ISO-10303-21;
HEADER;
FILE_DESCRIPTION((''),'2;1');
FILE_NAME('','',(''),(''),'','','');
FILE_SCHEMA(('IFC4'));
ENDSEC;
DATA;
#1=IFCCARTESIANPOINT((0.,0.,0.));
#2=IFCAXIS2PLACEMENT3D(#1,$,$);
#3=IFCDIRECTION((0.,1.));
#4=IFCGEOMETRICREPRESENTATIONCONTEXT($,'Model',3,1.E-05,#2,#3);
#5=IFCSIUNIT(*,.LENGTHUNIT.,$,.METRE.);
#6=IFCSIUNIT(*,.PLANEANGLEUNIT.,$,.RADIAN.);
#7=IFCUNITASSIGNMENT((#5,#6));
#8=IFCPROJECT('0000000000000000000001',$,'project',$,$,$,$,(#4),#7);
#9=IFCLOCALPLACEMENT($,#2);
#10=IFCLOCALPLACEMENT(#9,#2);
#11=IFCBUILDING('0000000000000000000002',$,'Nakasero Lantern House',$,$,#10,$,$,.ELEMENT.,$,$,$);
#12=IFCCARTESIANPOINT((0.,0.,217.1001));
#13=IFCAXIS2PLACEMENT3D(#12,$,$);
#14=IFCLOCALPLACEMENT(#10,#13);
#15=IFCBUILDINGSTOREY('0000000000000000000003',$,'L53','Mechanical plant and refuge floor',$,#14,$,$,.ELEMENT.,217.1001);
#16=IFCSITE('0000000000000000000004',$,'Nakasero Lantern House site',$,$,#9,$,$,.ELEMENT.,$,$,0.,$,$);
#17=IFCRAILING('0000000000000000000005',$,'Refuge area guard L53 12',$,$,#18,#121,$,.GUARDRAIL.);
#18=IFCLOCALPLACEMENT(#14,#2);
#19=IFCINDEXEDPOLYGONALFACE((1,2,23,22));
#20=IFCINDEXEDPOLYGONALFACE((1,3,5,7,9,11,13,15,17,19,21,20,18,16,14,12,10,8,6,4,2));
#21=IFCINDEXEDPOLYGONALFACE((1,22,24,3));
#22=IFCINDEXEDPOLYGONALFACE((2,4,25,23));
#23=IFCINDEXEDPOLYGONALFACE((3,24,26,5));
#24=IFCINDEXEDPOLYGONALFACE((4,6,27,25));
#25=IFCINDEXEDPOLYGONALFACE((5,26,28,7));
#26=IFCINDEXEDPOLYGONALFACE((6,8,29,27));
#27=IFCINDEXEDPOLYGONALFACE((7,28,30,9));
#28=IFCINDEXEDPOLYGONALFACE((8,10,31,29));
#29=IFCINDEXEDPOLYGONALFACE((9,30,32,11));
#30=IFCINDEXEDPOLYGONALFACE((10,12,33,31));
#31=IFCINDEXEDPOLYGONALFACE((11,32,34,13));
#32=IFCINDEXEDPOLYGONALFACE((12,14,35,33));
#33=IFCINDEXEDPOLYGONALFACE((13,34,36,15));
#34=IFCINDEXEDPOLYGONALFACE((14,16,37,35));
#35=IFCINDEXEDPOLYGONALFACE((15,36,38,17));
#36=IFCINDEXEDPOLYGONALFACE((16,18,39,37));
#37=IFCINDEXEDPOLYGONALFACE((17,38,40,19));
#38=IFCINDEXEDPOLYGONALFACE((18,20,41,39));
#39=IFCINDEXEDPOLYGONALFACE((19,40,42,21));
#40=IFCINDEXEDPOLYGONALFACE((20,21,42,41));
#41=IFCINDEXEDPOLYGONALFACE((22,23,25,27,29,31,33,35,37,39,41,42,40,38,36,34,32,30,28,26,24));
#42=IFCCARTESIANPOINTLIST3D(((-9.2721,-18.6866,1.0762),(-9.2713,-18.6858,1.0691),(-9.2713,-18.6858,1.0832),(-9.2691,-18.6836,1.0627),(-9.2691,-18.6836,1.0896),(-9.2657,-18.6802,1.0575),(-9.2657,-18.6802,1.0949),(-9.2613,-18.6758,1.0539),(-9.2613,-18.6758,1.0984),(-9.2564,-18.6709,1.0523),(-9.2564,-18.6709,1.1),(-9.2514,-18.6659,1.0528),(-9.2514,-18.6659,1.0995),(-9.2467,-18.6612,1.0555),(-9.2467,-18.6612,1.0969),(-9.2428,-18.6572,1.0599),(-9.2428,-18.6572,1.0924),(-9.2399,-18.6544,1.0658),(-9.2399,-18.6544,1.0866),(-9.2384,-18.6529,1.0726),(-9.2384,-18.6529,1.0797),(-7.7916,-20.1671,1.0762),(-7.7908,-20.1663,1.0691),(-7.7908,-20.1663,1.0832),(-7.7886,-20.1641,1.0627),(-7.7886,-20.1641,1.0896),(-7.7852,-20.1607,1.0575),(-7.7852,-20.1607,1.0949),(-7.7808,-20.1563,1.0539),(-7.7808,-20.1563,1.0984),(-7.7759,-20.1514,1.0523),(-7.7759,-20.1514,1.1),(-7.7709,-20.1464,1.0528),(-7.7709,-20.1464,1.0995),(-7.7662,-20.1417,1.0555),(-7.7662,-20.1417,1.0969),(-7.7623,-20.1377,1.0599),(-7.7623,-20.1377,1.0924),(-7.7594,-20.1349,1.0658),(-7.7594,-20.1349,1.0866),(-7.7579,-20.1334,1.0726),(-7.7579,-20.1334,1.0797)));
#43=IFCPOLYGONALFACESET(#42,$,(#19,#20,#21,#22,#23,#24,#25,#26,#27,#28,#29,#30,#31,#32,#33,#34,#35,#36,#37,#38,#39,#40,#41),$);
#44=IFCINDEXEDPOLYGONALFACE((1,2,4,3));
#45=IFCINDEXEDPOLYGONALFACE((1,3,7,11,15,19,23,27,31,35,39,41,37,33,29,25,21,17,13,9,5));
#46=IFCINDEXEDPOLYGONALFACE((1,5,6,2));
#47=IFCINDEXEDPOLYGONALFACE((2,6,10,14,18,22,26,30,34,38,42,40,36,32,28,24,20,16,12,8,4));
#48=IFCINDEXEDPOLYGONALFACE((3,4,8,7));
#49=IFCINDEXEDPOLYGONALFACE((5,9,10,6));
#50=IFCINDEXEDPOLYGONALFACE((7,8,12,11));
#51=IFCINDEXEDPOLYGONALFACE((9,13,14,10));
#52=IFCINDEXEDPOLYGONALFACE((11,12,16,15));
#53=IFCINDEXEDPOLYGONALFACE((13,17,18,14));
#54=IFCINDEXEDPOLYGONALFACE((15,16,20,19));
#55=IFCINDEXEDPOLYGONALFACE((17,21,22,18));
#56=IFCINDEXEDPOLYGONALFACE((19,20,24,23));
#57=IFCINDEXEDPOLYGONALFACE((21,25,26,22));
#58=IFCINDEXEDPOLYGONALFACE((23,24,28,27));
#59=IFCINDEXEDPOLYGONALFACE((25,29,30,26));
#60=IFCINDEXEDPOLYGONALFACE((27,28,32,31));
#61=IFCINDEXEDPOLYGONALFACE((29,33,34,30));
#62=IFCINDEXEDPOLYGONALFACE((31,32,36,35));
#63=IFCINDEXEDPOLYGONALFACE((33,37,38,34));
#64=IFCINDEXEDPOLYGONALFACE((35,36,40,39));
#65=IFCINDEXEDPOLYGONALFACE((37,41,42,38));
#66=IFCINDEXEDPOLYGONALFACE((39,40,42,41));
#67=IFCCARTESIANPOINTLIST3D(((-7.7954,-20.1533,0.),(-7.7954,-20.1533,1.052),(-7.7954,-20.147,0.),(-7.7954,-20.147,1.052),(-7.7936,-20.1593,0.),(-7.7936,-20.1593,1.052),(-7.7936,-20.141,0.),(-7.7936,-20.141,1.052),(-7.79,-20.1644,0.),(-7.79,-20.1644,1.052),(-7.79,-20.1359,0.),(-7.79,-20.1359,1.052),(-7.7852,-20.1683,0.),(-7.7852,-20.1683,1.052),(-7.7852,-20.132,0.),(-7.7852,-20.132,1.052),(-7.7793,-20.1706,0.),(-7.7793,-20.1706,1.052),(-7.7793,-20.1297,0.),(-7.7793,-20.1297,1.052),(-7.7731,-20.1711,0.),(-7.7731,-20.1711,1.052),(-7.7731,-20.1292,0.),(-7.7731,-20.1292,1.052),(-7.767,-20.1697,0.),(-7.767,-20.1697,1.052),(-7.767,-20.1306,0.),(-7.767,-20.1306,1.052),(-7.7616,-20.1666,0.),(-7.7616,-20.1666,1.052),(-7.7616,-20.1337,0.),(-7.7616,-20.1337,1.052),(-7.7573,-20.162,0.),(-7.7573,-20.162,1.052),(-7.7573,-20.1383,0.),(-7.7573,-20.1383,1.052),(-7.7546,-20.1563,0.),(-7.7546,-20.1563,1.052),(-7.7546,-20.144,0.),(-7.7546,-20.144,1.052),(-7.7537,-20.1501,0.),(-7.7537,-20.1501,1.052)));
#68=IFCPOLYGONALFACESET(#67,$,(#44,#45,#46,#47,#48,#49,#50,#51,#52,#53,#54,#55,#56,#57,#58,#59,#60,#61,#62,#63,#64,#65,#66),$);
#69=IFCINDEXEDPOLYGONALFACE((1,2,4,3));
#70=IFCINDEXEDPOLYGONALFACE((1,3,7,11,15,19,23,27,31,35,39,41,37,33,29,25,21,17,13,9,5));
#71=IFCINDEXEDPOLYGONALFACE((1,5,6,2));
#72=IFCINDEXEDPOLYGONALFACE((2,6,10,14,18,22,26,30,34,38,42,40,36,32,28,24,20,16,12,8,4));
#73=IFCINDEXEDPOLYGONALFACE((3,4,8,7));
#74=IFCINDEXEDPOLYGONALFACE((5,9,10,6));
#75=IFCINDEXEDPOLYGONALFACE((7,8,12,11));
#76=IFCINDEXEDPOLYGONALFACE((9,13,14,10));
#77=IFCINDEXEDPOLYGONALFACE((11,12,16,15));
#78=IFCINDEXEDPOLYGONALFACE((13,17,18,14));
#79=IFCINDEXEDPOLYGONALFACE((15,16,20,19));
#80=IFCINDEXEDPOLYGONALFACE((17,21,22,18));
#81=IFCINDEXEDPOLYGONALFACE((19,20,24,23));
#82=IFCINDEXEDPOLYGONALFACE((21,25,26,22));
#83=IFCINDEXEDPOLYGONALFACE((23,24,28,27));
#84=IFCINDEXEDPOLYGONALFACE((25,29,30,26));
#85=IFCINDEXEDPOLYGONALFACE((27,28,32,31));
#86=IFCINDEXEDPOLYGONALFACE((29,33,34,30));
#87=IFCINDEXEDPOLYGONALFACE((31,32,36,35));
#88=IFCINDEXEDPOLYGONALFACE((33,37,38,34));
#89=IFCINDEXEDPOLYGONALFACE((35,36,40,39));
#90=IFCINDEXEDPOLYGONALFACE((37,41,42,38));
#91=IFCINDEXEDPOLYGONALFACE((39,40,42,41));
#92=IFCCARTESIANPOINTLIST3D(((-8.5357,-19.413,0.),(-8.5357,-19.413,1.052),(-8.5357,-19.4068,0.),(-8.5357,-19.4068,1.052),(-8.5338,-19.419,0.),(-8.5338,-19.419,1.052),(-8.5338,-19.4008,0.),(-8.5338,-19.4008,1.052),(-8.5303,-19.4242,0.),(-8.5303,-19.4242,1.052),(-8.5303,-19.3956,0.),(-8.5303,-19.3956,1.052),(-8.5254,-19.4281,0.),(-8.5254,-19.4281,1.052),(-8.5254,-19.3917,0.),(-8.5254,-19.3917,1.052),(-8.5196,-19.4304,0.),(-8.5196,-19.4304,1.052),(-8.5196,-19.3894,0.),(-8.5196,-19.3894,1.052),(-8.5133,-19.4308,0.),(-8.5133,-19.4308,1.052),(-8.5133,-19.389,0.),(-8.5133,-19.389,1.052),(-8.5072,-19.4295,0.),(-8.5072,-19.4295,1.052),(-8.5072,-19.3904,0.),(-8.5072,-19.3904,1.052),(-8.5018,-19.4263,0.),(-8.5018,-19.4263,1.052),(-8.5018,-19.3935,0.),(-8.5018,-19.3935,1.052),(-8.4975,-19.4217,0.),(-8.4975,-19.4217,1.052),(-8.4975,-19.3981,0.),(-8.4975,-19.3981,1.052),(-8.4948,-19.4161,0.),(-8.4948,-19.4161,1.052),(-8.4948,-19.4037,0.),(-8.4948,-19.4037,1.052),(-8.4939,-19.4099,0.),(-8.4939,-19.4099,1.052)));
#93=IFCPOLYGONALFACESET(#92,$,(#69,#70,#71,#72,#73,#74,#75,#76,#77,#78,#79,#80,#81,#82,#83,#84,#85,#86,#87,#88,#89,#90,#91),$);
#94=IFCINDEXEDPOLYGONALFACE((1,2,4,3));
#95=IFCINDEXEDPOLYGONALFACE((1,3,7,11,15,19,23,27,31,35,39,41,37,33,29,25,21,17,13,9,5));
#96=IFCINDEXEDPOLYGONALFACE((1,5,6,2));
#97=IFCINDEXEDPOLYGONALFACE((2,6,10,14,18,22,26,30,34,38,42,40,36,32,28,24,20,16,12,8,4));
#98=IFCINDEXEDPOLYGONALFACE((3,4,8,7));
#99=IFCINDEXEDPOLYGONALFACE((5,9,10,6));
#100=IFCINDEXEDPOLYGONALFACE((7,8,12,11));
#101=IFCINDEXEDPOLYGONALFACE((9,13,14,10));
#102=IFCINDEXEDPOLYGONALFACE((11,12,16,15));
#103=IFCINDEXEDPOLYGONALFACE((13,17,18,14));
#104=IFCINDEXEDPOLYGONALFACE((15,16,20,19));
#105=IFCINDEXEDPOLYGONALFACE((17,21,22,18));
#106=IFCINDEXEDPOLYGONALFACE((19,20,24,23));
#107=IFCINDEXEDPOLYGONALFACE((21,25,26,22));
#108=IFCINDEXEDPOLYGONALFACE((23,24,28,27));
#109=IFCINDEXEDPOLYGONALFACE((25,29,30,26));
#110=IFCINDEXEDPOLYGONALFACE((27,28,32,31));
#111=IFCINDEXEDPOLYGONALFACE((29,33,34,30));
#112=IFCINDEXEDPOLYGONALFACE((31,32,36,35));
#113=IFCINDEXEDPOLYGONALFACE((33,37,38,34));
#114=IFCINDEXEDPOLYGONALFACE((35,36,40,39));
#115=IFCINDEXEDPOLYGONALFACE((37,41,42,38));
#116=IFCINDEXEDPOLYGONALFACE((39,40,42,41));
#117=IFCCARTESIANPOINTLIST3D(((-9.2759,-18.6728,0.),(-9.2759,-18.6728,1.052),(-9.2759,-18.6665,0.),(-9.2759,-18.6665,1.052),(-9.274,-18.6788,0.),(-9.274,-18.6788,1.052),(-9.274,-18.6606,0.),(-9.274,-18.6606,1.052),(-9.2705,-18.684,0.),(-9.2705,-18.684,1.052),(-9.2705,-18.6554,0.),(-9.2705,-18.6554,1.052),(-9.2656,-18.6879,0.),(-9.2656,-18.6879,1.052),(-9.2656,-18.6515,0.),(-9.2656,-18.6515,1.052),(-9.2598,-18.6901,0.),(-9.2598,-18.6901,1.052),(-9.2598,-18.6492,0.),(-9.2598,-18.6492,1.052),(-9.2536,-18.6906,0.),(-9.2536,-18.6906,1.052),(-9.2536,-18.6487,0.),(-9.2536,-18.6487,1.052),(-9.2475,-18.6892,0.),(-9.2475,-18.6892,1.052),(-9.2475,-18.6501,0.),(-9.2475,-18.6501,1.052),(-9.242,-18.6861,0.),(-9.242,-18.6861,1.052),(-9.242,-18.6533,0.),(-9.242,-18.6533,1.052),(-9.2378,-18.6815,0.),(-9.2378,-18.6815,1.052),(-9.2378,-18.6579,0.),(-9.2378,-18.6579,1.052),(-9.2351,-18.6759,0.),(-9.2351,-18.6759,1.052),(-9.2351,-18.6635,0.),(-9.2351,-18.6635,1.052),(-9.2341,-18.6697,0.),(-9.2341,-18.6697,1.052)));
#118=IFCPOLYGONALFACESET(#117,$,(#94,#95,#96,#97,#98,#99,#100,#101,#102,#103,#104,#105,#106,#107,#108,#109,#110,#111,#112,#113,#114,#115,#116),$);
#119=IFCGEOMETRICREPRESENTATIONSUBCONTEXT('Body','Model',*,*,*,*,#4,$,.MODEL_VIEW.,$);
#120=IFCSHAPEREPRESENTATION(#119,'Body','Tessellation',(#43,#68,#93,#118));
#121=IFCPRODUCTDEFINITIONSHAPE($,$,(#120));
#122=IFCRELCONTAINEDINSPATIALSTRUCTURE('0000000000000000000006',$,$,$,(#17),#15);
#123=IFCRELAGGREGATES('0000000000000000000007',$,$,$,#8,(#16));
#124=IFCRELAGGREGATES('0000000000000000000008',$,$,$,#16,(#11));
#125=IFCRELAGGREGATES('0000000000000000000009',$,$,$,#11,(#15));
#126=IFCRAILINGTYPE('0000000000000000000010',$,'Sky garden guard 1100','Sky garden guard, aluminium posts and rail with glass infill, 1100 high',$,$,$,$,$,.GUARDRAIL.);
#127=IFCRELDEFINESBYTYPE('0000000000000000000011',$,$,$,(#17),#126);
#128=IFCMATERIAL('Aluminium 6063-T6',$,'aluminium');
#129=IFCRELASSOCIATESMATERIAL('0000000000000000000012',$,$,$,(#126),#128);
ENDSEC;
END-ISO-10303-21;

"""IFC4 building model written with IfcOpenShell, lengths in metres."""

from ifc_helpers import new_model, si_unit, direction, frame, origin, origin_2d, place, context, subcontext, project, spatial, circle, extrude, material, type_object, element, save


model = new_model("IFC4")

# Units and contexts
model_context = context("Model", 3, precision=1e-05, world=origin(), true_north=direction((0.0, 1.0)))
body_context = subcontext(model_context, "Body", "Model", "MODEL_VIEW")
ifc_project = project(units=[si_unit("LENGTHUNIT", "METRE"), si_unit("PLANEANGLEUNIT", "RADIAN")], contexts=[model_context])

# Site, building, storey
site_placement = place(None, origin())
site = spatial("IfcSite", under=ifc_project, at=site_placement, Name="Nakasero Lantern House site", CompositionType="ELEMENT", RefElevation=0.0)
building_placement = place(site_placement, origin())
building = spatial("IfcBuilding", under=site, at=building_placement, Name="Nakasero Lantern House", CompositionType="ELEMENT")
storey_placement = place(building_placement, frame((0.0, 0.0, 217.1001)))
storey = spatial("IfcBuildingStorey", under=building, at=storey_placement, Name="L53", Description="Mechanical plant and refuge floor", CompositionType="ELEMENT", Elevation=217.1001)

# Railing
ifc_material_1 = material(Name="Aluminium 6063-T6", Category="aluminium")
railing_type = type_object("IfcRailingType", Name="Sky garden guard 1100", Description="Sky garden guard, aluminium posts and rail with glass infill, 1100 high", PredefinedType="GUARDRAIL", material=ifc_material_1)
railing_1_placement = place(storey_placement, frame((-7.7747, -20.1501, 0.0)))
element("IfcRailing", 1, at=railing_1_placement, inside=storey, type_object=railing_type, Name="Refuge area guard L53 12", PredefinedType="GUARDRAIL", context=body_context, shape_type="SweptSolid", body=[
    extrude(circle(Radius=0.0239, at=origin_2d()), frame((0.0, 0.0, 1.0762), z_axis=(-0.707107, 0.707107, 0.0), x_axis=(-0.707107, -0.707107, 0.0)), (0.0, 0.0, 1.0), 2.0938),
    extrude(circle(Radius=0.021, at=origin_2d()), origin(), (0.0, 0.0, 1.0), 1.052),
    extrude(circle(Radius=0.021, at=origin_2d()), frame((-0.7402, 0.7402, 0.0)), (0.0, 0.0, 1.0), 1.052),
    extrude(circle(Radius=0.021, at=origin_2d()), frame((-1.4805, 1.4805, 0.0)), (0.0, 0.0, 1.0), 1.052),
])

save(model, "model.ifc")
